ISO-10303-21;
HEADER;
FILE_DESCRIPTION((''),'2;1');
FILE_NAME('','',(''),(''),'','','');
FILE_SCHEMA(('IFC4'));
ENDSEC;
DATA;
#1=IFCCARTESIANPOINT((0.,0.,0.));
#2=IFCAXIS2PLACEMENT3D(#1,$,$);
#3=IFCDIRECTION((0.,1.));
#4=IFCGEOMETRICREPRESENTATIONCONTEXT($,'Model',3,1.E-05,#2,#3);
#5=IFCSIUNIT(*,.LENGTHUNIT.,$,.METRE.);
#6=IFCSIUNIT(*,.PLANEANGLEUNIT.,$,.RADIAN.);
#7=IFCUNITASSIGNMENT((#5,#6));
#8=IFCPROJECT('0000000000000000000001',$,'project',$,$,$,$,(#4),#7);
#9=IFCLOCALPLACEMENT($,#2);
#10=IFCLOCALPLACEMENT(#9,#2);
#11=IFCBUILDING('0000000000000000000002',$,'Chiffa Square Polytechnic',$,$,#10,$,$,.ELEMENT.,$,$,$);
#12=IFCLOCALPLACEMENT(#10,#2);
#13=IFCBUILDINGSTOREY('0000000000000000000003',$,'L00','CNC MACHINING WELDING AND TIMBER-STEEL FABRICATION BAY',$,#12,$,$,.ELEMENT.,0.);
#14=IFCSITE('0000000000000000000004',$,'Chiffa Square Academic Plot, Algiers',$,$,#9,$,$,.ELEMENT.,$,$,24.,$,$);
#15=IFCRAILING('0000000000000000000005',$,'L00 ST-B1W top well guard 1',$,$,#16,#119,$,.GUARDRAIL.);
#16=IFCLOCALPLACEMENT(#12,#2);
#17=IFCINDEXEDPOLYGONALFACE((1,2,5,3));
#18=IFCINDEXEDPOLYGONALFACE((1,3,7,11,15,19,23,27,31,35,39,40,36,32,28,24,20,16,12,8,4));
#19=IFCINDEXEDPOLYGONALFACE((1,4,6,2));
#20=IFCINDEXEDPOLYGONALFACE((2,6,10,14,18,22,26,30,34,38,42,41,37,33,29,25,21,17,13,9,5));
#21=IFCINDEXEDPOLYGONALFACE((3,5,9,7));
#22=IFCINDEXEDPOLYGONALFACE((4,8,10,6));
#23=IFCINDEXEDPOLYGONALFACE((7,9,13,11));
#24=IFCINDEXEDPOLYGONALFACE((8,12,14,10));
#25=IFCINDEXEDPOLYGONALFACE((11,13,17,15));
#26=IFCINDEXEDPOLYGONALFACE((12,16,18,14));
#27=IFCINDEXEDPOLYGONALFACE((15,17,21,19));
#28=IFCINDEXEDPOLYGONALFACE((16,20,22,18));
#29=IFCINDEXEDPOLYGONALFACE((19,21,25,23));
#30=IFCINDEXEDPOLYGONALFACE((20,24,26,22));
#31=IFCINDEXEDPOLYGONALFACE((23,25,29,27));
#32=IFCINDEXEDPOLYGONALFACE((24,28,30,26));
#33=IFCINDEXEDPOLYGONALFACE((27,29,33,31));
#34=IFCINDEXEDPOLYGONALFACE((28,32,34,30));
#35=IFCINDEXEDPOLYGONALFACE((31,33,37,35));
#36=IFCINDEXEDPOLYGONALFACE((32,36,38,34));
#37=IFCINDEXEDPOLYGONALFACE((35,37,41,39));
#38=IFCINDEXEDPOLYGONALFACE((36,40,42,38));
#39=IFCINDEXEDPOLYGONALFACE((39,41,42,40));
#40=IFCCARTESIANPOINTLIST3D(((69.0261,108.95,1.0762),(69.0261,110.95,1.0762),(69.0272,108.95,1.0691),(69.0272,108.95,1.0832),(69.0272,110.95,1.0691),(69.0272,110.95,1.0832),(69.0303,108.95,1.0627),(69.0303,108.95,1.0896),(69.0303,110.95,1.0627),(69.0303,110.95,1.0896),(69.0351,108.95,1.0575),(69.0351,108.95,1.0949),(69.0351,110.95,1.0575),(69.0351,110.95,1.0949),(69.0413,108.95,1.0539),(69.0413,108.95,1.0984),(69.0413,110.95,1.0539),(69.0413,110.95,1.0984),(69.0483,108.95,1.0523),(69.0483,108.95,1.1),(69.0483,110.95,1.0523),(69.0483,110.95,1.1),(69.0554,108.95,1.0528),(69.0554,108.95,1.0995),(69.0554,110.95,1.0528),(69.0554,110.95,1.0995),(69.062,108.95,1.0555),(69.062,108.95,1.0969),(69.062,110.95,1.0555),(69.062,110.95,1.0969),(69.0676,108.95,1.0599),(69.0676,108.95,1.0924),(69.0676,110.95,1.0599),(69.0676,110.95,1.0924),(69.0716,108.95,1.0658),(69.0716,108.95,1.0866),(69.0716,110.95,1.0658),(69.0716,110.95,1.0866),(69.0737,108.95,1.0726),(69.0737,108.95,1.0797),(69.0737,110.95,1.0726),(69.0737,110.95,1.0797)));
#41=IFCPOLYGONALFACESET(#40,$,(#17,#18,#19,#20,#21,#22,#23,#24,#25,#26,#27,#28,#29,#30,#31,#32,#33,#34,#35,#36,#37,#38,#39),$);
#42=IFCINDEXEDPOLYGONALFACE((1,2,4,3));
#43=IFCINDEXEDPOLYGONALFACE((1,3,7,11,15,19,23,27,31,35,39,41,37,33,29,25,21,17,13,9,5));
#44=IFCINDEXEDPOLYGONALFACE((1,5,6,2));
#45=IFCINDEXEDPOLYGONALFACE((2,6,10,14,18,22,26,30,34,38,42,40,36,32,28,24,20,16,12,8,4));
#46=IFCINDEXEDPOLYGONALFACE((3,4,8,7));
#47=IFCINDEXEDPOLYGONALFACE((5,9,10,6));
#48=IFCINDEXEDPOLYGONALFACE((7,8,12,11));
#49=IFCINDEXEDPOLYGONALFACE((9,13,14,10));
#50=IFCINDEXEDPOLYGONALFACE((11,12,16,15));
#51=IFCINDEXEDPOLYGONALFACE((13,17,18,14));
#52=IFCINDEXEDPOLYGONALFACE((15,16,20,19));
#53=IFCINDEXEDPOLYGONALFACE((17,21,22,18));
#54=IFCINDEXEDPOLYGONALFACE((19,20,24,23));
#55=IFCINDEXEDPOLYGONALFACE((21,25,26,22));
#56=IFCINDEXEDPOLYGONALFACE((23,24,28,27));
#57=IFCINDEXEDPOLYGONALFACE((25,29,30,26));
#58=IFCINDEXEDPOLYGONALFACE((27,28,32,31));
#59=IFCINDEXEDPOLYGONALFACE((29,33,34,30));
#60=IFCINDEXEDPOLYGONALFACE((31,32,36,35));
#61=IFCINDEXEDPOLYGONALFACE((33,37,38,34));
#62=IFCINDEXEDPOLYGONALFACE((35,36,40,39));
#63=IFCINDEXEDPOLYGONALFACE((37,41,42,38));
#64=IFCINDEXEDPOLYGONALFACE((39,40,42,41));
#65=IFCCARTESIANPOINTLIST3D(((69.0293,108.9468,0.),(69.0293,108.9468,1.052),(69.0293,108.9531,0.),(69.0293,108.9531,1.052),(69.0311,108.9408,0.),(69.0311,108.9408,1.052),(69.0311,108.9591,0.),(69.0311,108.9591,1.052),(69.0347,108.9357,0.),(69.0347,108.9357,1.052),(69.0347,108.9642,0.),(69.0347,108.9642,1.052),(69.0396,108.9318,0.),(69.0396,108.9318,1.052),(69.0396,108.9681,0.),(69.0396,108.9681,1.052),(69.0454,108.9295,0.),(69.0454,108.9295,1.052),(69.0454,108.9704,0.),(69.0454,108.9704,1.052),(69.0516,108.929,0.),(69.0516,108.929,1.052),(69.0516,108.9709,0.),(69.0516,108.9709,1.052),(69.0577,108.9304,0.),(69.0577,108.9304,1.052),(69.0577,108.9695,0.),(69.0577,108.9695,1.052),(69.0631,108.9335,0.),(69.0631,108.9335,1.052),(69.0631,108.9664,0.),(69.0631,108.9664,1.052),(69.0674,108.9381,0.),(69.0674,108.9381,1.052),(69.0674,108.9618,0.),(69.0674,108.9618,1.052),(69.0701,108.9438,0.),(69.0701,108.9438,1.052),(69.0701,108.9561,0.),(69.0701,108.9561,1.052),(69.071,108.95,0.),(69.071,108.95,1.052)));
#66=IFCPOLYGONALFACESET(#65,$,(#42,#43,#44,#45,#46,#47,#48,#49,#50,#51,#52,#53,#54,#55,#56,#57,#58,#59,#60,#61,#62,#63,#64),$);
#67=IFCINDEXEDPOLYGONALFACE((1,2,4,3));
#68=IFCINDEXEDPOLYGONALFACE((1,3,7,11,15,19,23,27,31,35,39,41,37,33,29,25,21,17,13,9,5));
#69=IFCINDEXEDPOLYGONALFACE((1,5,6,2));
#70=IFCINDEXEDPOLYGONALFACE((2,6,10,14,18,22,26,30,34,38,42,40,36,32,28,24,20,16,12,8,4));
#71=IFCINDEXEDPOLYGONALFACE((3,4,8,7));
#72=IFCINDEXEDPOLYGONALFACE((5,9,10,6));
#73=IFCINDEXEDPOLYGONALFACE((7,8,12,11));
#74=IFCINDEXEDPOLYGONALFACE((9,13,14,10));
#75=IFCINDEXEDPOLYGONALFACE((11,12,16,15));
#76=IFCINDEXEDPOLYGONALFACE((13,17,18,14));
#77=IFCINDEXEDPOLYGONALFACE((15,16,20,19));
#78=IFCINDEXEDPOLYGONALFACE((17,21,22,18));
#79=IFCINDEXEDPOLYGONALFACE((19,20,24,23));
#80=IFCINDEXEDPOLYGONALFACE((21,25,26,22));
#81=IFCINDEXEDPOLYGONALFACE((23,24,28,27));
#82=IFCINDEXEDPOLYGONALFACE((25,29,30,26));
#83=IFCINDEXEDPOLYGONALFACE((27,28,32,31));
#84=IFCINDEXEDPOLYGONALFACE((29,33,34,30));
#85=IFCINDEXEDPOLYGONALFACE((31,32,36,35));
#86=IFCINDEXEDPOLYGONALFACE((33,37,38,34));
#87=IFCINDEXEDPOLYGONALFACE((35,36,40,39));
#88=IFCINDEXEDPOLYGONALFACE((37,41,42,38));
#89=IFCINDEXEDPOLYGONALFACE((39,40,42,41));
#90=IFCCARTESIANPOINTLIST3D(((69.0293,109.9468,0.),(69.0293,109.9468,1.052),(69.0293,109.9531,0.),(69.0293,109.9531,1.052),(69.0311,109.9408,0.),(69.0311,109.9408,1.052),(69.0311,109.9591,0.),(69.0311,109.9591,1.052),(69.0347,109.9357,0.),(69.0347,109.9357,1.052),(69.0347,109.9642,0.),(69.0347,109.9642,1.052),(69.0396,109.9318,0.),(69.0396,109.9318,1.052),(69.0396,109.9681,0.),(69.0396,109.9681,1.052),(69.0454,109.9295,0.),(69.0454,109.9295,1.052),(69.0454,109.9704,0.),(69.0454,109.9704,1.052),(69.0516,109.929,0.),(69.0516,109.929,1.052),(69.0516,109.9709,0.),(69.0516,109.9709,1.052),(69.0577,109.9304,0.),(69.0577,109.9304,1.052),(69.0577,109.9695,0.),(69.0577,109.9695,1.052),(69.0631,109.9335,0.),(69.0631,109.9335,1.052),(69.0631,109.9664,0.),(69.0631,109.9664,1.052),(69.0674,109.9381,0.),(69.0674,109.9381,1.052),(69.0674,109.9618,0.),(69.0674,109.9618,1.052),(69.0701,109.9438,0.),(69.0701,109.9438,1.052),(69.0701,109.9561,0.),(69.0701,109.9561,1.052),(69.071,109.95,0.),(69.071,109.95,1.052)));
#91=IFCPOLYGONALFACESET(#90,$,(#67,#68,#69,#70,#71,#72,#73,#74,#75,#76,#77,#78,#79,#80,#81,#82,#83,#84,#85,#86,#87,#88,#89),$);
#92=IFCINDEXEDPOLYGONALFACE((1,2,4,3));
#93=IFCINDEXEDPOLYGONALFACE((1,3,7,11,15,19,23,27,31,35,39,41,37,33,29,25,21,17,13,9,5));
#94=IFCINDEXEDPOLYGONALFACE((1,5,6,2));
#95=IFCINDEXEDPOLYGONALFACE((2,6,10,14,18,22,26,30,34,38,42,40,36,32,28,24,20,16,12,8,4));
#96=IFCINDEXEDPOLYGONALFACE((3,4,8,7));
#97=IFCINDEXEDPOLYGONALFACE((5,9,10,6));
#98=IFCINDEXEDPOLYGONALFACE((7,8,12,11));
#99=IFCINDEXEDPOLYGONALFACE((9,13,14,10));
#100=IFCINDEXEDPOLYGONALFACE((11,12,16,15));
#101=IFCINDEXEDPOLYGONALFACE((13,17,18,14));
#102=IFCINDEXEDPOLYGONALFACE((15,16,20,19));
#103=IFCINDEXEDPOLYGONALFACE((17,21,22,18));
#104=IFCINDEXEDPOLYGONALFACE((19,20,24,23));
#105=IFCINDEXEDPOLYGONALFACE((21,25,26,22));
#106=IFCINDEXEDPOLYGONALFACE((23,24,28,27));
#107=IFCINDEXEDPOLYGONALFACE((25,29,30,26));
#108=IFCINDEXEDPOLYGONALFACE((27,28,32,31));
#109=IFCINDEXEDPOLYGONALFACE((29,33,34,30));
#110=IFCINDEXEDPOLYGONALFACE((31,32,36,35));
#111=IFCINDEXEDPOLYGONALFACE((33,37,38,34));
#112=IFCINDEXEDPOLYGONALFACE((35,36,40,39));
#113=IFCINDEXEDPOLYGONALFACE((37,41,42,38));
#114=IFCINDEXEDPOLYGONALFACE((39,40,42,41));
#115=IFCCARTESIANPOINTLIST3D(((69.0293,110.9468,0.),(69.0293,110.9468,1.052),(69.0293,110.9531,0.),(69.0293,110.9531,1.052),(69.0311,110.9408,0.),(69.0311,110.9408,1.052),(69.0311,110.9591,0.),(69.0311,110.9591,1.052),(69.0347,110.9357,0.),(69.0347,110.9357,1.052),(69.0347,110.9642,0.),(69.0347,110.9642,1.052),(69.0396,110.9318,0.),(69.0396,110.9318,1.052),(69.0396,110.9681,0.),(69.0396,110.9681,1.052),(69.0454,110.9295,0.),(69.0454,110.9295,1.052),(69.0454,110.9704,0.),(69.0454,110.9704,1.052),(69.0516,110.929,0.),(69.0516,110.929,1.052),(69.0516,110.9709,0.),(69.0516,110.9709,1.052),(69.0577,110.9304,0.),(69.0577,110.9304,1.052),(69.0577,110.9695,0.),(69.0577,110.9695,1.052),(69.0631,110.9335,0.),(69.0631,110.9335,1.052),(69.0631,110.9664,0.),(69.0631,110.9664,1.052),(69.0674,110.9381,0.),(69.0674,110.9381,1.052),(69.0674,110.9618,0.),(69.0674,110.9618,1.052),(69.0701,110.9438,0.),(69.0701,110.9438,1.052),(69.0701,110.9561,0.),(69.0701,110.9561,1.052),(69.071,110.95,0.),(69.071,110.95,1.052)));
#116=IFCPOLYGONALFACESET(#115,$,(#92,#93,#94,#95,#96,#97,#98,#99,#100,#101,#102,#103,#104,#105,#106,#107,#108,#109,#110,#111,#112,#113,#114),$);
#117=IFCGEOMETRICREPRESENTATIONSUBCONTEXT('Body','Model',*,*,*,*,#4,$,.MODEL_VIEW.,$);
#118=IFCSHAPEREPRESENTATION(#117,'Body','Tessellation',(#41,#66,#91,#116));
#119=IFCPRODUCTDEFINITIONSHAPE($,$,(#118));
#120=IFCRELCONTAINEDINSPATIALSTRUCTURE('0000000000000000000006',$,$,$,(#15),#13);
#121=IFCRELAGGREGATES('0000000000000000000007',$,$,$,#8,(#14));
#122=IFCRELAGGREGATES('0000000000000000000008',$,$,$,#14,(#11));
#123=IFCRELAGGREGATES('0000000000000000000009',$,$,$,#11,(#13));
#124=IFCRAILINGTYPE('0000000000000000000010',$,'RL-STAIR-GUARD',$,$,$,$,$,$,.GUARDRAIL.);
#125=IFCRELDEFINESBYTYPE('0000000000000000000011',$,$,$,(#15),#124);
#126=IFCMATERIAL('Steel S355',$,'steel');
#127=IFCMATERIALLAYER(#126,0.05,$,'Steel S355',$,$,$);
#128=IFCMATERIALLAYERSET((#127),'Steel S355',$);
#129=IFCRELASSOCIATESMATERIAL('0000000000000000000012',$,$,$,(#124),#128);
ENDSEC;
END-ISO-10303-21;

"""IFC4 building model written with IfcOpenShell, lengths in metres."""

from ifc_helpers import new_model, si_unit, direction, frame, origin, origin_2d, place, context, subcontext, project, spatial, circle, extrude, material, layer, layer_set, type_object, element, save


model = new_model("IFC4")

# Units and contexts
model_context = context("Model", 3, precision=1e-05, world=origin(), true_north=direction((0.0, 1.0)))
body_context = subcontext(model_context, "Body", "Model", "MODEL_VIEW")
ifc_project = project(units=[si_unit("LENGTHUNIT", "METRE"), si_unit("PLANEANGLEUNIT", "RADIAN")], contexts=[model_context])

# Site, building, storey
site_placement = place(None, origin())
site = spatial("IfcSite", under=ifc_project, at=site_placement, Name="Chiffa Square Academic Plot, Algiers", CompositionType="ELEMENT", RefElevation=24.0)
building_placement = place(site_placement, origin())
building = spatial("IfcBuilding", under=site, at=building_placement, Name="Chiffa Square Polytechnic", CompositionType="ELEMENT")
storey_placement = place(building_placement, origin())
storey = spatial("IfcBuildingStorey", under=building, at=storey_placement, Name="L00", Description="CNC MACHINING WELDING AND TIMBER-STEEL FABRICATION BAY", CompositionType="ELEMENT", Elevation=0.0)

# Railing
ifc_material_1 = material(Name="Steel S355", Category="steel")
ifc_layer_1 = layer(ifc_material_1, 0.05, Name="Steel S355")
ifc_layer_set_1 = layer_set([ifc_layer_1], Name="Steel S355")
railing_type = type_object("IfcRailingType", Name="RL-STAIR-GUARD", PredefinedType="GUARDRAIL", material=ifc_layer_set_1)
railing_placement = place(storey_placement, frame((69.05, 108.95, 0.0)))
element("IfcRailing", 1, at=railing_placement, inside=storey, type_object=railing_type, Name="L00 ST-B1W top well guard 1", PredefinedType="GUARDRAIL", context=body_context, shape_type="SweptSolid", body=[
    extrude(circle(Radius=0.0239, at=origin_2d()), frame((0.0, 0.0, 1.0762), z_axis=(0.0, 1.0, 0.0), x_axis=(-1.0, 0.0, 0.0)), (0.0, 0.0, 1.0), 2.0),
    extrude(circle(Radius=0.021, at=origin_2d()), origin(), (0.0, 0.0, 1.0), 1.052),
    extrude(circle(Radius=0.021, at=origin_2d()), frame((0.0, 1.0, 0.0)), (0.0, 0.0, 1.0), 1.052),
    extrude(circle(Radius=0.021, at=origin_2d()), frame((0.0, 2.0, 0.0)), (0.0, 0.0, 1.0), 1.052),
])

save(model, "model.ifc")
